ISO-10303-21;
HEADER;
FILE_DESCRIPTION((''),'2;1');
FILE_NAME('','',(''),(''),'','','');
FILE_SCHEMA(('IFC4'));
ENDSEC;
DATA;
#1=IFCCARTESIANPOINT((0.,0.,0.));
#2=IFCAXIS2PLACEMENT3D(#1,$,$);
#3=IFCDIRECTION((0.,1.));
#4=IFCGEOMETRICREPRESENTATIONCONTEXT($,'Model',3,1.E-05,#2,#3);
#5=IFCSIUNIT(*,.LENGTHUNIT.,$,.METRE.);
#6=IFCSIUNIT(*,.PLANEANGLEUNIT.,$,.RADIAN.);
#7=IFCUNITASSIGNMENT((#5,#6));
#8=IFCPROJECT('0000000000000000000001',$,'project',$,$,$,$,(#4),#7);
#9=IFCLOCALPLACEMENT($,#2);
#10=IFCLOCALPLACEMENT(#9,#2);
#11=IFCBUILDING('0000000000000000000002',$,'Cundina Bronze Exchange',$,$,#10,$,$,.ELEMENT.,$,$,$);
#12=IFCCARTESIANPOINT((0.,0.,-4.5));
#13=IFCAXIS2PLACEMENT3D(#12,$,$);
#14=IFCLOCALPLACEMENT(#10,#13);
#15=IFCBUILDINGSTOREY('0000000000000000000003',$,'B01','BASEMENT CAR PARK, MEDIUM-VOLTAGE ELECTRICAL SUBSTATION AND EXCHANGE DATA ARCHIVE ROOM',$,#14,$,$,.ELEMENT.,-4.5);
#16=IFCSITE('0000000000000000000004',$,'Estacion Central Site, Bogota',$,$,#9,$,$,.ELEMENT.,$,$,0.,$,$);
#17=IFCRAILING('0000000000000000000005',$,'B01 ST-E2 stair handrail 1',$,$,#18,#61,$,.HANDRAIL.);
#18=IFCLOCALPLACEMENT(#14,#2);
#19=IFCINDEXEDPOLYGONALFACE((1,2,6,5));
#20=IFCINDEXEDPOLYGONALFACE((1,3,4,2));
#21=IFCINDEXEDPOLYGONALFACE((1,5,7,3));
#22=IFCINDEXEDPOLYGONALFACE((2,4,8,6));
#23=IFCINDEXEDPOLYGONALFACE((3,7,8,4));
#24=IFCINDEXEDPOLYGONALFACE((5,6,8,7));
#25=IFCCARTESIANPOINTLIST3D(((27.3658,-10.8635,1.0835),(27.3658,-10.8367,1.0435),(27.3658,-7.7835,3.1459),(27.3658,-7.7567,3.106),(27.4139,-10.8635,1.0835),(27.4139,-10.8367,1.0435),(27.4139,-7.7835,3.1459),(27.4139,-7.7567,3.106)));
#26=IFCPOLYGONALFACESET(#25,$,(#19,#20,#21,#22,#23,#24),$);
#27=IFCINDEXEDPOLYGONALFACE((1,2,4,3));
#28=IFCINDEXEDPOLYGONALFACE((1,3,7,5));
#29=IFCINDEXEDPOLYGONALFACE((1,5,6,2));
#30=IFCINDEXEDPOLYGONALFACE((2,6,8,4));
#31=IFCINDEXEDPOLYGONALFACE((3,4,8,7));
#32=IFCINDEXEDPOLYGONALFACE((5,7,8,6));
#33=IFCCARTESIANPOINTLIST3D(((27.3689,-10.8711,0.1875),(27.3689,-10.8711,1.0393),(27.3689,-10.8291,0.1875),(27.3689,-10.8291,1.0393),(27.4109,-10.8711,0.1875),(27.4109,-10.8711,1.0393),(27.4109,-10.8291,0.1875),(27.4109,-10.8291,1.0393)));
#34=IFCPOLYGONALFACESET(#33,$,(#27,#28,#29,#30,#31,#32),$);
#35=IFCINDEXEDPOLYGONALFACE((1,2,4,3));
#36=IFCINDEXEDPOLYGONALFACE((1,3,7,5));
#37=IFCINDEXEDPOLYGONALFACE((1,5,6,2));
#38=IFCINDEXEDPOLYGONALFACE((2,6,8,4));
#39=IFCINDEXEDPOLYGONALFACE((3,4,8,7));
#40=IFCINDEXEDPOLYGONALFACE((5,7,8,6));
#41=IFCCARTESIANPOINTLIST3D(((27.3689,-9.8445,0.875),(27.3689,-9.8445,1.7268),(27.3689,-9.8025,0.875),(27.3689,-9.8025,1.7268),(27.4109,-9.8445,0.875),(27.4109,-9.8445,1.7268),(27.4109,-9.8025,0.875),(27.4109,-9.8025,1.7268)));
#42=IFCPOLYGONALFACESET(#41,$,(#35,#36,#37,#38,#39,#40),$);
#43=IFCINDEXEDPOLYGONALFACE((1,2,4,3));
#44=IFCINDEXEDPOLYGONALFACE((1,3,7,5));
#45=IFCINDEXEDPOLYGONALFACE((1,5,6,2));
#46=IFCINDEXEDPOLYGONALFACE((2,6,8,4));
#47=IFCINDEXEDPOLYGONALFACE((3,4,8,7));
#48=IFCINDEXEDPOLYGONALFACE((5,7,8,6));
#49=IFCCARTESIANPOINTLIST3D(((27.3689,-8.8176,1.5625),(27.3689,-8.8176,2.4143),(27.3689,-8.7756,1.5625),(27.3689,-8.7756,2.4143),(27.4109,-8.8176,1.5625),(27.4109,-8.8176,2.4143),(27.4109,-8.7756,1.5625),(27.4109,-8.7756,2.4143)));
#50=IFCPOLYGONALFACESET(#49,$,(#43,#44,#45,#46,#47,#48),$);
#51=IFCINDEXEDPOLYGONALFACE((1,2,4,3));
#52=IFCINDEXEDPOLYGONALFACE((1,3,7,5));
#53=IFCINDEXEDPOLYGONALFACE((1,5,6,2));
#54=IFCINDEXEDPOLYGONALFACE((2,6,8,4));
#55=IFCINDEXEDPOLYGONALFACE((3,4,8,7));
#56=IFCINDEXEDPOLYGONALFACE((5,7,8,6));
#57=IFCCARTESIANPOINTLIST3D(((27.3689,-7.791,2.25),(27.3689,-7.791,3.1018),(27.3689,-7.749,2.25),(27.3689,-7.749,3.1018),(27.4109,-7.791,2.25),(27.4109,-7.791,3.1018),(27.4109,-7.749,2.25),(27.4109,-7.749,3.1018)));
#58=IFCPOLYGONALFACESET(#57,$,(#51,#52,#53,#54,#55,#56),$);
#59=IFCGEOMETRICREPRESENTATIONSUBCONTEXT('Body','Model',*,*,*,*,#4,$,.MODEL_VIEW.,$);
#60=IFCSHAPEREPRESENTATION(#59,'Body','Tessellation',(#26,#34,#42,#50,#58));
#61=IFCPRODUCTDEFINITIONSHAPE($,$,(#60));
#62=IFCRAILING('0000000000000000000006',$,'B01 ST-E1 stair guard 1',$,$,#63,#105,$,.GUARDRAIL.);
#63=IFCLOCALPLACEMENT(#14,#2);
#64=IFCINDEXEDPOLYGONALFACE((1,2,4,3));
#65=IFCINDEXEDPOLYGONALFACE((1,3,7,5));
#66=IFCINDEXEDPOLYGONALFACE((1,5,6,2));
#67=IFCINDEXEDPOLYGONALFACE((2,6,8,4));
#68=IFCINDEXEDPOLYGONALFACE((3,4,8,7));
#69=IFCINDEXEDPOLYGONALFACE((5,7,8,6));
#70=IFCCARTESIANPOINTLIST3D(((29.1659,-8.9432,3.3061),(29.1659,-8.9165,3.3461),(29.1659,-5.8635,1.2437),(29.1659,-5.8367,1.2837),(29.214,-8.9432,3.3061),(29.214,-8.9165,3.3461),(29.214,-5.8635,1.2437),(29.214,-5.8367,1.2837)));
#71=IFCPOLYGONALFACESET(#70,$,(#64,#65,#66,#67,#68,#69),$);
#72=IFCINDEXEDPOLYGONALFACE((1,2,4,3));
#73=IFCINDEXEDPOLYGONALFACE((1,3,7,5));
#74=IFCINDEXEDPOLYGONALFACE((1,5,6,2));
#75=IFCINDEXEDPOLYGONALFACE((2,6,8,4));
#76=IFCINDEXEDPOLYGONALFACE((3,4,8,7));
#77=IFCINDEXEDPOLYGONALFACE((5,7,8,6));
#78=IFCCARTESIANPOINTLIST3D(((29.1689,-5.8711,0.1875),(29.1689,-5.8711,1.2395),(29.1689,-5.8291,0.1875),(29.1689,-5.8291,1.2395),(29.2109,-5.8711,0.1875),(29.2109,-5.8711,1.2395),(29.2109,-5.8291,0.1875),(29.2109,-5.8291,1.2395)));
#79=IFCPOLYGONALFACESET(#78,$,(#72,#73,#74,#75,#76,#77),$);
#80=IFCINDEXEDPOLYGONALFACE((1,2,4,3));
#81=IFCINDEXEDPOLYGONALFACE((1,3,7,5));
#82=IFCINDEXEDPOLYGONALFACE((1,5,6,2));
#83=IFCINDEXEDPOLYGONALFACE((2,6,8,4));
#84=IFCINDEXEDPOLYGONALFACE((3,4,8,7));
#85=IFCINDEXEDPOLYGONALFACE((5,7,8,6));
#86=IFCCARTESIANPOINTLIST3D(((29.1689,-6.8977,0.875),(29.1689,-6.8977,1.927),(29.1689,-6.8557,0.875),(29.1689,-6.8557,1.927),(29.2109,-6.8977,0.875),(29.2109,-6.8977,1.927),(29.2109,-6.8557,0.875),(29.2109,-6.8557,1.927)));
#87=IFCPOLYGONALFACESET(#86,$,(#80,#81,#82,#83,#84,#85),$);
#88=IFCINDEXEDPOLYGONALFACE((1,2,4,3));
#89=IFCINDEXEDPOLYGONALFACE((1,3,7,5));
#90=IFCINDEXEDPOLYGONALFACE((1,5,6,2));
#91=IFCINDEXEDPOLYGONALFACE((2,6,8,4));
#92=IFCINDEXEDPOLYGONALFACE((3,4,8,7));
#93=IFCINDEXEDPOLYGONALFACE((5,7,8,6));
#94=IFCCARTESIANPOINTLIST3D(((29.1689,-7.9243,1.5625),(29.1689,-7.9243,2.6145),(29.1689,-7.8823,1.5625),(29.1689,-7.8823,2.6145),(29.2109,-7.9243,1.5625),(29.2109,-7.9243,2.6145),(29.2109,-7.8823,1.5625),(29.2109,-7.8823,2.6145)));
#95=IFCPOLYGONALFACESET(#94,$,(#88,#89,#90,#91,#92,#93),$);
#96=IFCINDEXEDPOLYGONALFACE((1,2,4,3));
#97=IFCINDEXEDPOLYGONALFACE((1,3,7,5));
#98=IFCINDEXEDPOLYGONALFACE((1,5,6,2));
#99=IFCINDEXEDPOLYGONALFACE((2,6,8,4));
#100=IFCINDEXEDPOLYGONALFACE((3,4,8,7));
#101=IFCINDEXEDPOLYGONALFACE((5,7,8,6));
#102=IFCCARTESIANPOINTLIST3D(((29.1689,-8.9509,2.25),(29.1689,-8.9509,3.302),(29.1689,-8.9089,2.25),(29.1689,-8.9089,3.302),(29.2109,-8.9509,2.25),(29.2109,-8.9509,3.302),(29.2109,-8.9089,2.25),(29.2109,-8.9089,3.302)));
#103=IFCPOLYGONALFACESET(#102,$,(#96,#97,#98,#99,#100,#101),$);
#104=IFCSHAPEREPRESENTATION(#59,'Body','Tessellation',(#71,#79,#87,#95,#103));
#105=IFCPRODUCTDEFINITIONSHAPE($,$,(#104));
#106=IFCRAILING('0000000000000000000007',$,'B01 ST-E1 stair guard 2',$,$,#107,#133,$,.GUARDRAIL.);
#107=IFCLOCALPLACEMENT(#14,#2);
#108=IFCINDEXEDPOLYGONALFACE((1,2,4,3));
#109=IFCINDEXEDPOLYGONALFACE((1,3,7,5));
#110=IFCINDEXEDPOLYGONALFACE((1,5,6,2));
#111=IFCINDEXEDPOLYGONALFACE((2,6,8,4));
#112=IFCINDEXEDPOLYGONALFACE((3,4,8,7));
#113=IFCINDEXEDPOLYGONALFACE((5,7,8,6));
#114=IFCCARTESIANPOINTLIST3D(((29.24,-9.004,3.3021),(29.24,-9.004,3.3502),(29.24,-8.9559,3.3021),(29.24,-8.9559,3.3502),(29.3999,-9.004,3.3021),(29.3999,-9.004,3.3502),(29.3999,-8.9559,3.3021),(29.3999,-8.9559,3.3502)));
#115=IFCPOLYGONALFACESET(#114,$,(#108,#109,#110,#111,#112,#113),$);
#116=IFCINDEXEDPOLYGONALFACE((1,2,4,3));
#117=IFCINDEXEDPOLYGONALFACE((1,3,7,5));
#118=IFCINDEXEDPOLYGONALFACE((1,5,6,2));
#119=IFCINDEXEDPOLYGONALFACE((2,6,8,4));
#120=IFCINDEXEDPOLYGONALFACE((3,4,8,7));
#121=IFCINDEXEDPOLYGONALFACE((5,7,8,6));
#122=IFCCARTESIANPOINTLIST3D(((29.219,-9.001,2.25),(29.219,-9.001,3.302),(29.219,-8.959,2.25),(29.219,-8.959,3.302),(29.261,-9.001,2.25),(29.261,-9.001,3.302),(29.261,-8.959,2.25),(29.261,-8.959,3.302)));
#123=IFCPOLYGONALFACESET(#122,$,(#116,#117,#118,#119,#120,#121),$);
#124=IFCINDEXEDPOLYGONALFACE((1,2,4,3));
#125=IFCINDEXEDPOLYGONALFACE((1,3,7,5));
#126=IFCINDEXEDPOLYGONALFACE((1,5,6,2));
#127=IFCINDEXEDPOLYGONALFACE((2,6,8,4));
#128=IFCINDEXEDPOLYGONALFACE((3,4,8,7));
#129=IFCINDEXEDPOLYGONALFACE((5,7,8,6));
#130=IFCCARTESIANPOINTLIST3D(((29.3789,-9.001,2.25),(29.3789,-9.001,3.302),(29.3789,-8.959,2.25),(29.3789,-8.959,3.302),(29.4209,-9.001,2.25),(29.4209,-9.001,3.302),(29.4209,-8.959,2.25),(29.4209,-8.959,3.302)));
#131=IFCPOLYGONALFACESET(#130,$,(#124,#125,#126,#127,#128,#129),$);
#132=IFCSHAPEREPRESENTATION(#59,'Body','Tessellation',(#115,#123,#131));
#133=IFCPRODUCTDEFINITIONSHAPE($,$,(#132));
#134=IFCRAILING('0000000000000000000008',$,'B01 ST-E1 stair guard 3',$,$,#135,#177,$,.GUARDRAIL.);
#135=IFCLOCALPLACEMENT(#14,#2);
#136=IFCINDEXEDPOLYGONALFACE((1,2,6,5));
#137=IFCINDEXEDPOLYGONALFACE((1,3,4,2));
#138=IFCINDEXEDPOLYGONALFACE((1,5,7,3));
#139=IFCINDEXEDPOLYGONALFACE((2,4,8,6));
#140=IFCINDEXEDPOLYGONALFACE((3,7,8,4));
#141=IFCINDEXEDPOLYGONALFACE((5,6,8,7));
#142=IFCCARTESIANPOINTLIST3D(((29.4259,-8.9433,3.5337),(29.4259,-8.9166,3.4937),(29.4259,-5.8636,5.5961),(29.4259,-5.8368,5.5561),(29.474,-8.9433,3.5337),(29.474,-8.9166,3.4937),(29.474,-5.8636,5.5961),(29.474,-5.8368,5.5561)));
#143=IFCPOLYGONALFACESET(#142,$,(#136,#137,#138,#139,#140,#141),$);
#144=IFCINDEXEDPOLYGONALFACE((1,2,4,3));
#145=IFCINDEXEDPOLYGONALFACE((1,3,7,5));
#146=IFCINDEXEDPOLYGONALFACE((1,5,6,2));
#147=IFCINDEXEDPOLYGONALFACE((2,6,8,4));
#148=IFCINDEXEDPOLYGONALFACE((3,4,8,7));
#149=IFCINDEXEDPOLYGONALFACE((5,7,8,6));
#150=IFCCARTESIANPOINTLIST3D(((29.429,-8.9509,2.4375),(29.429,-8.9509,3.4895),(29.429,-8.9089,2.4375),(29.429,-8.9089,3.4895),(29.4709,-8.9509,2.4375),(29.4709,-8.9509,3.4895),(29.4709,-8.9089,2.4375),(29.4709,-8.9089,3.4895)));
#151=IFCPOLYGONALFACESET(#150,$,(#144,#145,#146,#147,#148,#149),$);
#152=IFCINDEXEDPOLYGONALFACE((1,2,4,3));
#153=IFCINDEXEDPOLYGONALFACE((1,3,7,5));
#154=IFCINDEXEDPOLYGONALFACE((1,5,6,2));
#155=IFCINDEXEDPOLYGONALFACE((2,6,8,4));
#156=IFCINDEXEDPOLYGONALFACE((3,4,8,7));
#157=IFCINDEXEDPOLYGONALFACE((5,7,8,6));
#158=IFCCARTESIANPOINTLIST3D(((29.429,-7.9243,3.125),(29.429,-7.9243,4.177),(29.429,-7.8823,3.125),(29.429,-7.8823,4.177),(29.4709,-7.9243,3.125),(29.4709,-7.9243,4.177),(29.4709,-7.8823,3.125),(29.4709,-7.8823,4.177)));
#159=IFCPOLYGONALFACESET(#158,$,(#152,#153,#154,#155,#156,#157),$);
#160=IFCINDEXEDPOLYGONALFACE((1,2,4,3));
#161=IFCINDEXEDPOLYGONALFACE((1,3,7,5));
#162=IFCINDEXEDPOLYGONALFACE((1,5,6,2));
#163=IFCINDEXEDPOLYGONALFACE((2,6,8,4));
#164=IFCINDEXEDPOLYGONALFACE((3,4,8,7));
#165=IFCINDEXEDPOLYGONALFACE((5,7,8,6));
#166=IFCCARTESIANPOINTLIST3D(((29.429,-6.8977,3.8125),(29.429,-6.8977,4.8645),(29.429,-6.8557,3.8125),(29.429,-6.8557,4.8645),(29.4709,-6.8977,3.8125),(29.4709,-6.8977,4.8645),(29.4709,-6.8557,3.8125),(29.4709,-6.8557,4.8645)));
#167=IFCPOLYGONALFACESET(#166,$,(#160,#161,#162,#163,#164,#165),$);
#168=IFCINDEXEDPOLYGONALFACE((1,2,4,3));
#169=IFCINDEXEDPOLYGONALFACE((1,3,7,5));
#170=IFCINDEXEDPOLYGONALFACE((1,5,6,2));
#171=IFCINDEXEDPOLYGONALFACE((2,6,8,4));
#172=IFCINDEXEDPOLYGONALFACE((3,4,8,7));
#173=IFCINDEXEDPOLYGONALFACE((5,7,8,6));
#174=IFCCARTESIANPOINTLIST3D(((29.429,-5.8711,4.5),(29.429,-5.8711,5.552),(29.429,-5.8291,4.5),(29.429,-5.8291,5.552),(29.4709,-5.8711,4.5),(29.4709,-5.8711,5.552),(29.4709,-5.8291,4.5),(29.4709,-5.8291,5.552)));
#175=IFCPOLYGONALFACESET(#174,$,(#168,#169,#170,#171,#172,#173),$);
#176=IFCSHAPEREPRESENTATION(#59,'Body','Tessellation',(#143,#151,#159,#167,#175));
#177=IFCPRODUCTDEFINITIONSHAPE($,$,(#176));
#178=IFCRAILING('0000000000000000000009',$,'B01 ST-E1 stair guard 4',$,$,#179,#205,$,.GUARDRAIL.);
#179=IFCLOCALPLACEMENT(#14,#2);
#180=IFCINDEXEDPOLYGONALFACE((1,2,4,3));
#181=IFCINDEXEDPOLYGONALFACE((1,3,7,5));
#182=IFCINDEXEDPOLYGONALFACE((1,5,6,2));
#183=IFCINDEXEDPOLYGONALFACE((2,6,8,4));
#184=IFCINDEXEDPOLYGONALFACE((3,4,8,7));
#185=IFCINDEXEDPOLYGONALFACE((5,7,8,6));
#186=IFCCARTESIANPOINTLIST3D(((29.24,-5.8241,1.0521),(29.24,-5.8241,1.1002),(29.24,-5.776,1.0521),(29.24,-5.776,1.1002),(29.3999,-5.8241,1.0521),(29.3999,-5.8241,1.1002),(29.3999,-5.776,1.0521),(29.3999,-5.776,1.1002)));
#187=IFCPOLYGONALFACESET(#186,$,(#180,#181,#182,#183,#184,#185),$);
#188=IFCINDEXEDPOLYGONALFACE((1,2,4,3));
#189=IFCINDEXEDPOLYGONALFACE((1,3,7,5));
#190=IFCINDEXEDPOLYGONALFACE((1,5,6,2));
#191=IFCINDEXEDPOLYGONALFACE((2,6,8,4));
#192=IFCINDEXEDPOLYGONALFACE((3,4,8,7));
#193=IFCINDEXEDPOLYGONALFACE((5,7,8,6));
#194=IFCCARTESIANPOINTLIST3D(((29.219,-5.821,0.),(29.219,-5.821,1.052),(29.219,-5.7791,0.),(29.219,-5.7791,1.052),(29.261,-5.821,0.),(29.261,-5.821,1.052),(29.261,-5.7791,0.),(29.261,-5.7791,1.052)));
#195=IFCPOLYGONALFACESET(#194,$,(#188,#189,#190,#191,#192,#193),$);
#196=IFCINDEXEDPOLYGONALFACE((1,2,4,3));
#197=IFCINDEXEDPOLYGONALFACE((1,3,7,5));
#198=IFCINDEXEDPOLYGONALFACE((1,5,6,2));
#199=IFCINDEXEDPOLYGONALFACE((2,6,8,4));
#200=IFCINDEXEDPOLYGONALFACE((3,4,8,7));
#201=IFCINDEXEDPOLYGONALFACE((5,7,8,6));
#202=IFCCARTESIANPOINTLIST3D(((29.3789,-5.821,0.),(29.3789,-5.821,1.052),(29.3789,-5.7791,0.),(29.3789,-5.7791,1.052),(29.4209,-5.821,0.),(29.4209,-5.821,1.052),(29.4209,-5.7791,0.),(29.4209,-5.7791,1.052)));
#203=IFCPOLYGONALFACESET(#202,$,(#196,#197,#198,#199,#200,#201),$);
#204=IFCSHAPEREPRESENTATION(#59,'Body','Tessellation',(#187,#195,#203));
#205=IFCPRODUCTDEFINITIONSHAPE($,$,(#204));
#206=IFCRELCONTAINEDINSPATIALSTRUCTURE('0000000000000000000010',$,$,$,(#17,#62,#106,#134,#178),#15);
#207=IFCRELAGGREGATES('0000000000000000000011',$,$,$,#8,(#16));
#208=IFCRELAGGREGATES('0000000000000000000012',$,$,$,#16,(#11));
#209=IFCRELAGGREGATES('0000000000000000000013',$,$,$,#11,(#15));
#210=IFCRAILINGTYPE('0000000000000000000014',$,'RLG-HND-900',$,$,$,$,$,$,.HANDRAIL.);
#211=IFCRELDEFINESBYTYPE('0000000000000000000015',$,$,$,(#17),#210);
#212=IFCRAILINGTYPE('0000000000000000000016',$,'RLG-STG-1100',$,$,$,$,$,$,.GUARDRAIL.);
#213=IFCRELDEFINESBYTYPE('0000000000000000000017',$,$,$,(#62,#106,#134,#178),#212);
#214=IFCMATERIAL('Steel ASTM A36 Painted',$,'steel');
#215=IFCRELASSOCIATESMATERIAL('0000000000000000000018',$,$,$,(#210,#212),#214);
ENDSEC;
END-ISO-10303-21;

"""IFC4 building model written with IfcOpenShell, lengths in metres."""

from ifc_helpers import new_model, si_unit, direction, frame, origin, origin_2d, place, context, subcontext, project, spatial, rectangle, extrude, material, type_object, element, save


model = new_model("IFC4")

# Units and contexts
model_context = context("Model", 3, precision=1e-05, world=origin(), true_north=direction((0.0, 1.0)))
body_context = subcontext(model_context, "Body", "Model", "MODEL_VIEW")
ifc_project = project(units=[si_unit("LENGTHUNIT", "METRE"), si_unit("PLANEANGLEUNIT", "RADIAN")], contexts=[model_context])

# Site, building, storey
site_placement = place(None, origin())
site = spatial("IfcSite", under=ifc_project, at=site_placement, Name="Estacion Central Site, Bogota", CompositionType="ELEMENT", RefElevation=0.0)
building_placement = place(site_placement, origin())
building = spatial("IfcBuilding", under=site, at=building_placement, Name="Cundina Bronze Exchange", CompositionType="ELEMENT")
storey_placement = place(building_placement, frame((0.0, 0.0, -4.5)))
storey = spatial("IfcBuildingStorey", under=building, at=storey_placement, Name="B01", Description="BASEMENT CAR PARK, MEDIUM-VOLTAGE ELECTRICAL SUBSTATION AND EXCHANGE DATA ARCHIVE ROOM", CompositionType="ELEMENT", Elevation=-4.5)

# Shared definitions
ifc_material_1 = material(Name="Steel ASTM A36 Painted", Category="steel")

# Railings
railing_type_1 = type_object("IfcRailingType", Name="RLG-HND-900", PredefinedType="HANDRAIL", material=ifc_material_1)
railing_1_placement = place(storey_placement, frame((27.3899, -10.8501, 0.1875)))
element("IfcRailing", 1, at=railing_1_placement, inside=storey, type_object=railing_type_1, Name="B01 ST-E2 stair handrail 1", PredefinedType="HANDRAIL", context=body_context, shape_type="SweptSolid", body=[
    extrude(rectangle(XDim=0.0481, YDim=0.0481, at=origin_2d()), frame((0.0, 0.0, 0.876), z_axis=(0.0, 0.830914, 0.556401), x_axis=(-1.0, 0.0, 0.0)), (0.0, 0.0, 1.0), 3.7068),
    extrude(rectangle(XDim=0.042, YDim=0.042, at=origin_2d()), origin(), (0.0, 0.0, 1.0), 0.8518),
    extrude(rectangle(XDim=0.042, YDim=0.042, at=origin_2d()), frame((0.0, 1.0266, 0.6875)), (0.0, 0.0, 1.0), 0.8518),
    extrude(rectangle(XDim=0.042, YDim=0.042, at=origin_2d()), frame((0.0, 2.0535, 1.375)), (0.0, 0.0, 1.0), 0.8518),
    extrude(rectangle(XDim=0.042, YDim=0.042, at=origin_2d()), frame((0.0, 3.0801, 2.0625)), (0.0, 0.0, 1.0), 0.8518),
])
railing_type_2 = type_object("IfcRailingType", Name="RLG-STG-1100", PredefinedType="GUARDRAIL", material=ifc_material_1)
railing_2_placement = place(storey_placement, frame((29.1899, -5.8501, 0.1875)))
element("IfcRailing", 2, at=railing_2_placement, inside=storey, type_object=railing_type_2, Name="B01 ST-E1 stair guard 1", PredefinedType="GUARDRAIL", context=body_context, shape_type="SweptSolid", body=[
    extrude(rectangle(XDim=0.0481, YDim=0.0481, at=origin_2d()), frame((0.0, 0.0, 1.0762), z_axis=(0.0, -0.830893, 0.556432), x_axis=(1.0, 0.0, 0.0)), (0.0, 0.0, 1.0), 3.7065),
    extrude(rectangle(XDim=0.042, YDim=0.042, at=origin_2d()), origin(), (0.0, 0.0, 1.0), 1.052),
    extrude(rectangle(XDim=0.042, YDim=0.042, at=origin_2d()), frame((0.0, -1.0266, 0.6875)), (0.0, 0.0, 1.0), 1.052),
    extrude(rectangle(XDim=0.042, YDim=0.042, at=origin_2d()), frame((0.0, -2.0532, 1.375)), (0.0, 0.0, 1.0), 1.052),
    extrude(rectangle(XDim=0.042, YDim=0.042, at=origin_2d()), frame((0.0, -3.0798, 2.0625)), (0.0, 0.0, 1.0), 1.052),
])
railing_3_placement = place(storey_placement, frame((29.24, -8.98, 2.25)))
element("IfcRailing", 3, at=railing_3_placement, inside=storey, type_object=railing_type_2, Name="B01 ST-E1 stair guard 2", PredefinedType="GUARDRAIL", context=body_context, shape_type="SweptSolid", body=[
    extrude(rectangle(XDim=0.0481, YDim=0.0481, at=origin_2d()), frame((0.0, 0.0, 1.0762), z_axis=(1.0, 0.0, 0.0), x_axis=(0.0, 1.0, 0.0)), (0.0, 0.0, 1.0), 0.1599),
    extrude(rectangle(XDim=0.042, YDim=0.042, at=origin_2d()), origin(), (0.0, 0.0, 1.0), 1.052),
    extrude(rectangle(XDim=0.042, YDim=0.042, at=origin_2d()), frame((0.1599, 0.0, 0.0)), (0.0, 0.0, 1.0), 1.052),
])
railing_4_placement = place(storey_placement, frame((29.45, -8.9299, 2.4375)))
element("IfcRailing", 4, at=railing_4_placement, inside=storey, type_object=railing_type_2, Name="B01 ST-E1 stair guard 3", PredefinedType="GUARDRAIL", context=body_context, shape_type="SweptSolid", body=[
    extrude(rectangle(XDim=0.0481, YDim=0.0481, at=origin_2d()), frame((0.0, 0.0, 1.0762), z_axis=(0.0, 0.830893, 0.556432), x_axis=(-1.0, 0.0, 0.0)), (0.0, 0.0, 1.0), 3.7065),
    extrude(rectangle(XDim=0.042, YDim=0.042, at=origin_2d()), origin(), (0.0, 0.0, 1.0), 1.052),
    extrude(rectangle(XDim=0.042, YDim=0.042, at=origin_2d()), frame((0.0, 1.0266, 0.6875)), (0.0, 0.0, 1.0), 1.052),
    extrude(rectangle(XDim=0.042, YDim=0.042, at=origin_2d()), frame((0.0, 2.0532, 1.375)), (0.0, 0.0, 1.0), 1.052),
    extrude(rectangle(XDim=0.042, YDim=0.042, at=origin_2d()), frame((0.0, 3.0798, 2.0625)), (0.0, 0.0, 1.0), 1.052),
])
railing_5_placement = place(storey_placement, frame((29.24, -5.8, 0.0)))
element("IfcRailing", 5, at=railing_5_placement, inside=storey, type_object=railing_type_2, Name="B01 ST-E1 stair guard 4", PredefinedType="GUARDRAIL", context=body_context, shape_type="SweptSolid", body=[
    extrude(rectangle(XDim=0.0481, YDim=0.0481, at=origin_2d()), frame((0.0, 0.0, 1.0762), z_axis=(1.0, 0.0, 0.0), x_axis=(0.0, 1.0, 0.0)), (0.0, 0.0, 1.0), 0.1599),
    extrude(rectangle(XDim=0.042, YDim=0.042, at=origin_2d()), origin(), (0.0, 0.0, 1.0), 1.052),
    extrude(rectangle(XDim=0.042, YDim=0.042, at=origin_2d()), frame((0.1599, 0.0, 0.0)), (0.0, 0.0, 1.0), 1.052),
])

save(model, "model.ifc")
